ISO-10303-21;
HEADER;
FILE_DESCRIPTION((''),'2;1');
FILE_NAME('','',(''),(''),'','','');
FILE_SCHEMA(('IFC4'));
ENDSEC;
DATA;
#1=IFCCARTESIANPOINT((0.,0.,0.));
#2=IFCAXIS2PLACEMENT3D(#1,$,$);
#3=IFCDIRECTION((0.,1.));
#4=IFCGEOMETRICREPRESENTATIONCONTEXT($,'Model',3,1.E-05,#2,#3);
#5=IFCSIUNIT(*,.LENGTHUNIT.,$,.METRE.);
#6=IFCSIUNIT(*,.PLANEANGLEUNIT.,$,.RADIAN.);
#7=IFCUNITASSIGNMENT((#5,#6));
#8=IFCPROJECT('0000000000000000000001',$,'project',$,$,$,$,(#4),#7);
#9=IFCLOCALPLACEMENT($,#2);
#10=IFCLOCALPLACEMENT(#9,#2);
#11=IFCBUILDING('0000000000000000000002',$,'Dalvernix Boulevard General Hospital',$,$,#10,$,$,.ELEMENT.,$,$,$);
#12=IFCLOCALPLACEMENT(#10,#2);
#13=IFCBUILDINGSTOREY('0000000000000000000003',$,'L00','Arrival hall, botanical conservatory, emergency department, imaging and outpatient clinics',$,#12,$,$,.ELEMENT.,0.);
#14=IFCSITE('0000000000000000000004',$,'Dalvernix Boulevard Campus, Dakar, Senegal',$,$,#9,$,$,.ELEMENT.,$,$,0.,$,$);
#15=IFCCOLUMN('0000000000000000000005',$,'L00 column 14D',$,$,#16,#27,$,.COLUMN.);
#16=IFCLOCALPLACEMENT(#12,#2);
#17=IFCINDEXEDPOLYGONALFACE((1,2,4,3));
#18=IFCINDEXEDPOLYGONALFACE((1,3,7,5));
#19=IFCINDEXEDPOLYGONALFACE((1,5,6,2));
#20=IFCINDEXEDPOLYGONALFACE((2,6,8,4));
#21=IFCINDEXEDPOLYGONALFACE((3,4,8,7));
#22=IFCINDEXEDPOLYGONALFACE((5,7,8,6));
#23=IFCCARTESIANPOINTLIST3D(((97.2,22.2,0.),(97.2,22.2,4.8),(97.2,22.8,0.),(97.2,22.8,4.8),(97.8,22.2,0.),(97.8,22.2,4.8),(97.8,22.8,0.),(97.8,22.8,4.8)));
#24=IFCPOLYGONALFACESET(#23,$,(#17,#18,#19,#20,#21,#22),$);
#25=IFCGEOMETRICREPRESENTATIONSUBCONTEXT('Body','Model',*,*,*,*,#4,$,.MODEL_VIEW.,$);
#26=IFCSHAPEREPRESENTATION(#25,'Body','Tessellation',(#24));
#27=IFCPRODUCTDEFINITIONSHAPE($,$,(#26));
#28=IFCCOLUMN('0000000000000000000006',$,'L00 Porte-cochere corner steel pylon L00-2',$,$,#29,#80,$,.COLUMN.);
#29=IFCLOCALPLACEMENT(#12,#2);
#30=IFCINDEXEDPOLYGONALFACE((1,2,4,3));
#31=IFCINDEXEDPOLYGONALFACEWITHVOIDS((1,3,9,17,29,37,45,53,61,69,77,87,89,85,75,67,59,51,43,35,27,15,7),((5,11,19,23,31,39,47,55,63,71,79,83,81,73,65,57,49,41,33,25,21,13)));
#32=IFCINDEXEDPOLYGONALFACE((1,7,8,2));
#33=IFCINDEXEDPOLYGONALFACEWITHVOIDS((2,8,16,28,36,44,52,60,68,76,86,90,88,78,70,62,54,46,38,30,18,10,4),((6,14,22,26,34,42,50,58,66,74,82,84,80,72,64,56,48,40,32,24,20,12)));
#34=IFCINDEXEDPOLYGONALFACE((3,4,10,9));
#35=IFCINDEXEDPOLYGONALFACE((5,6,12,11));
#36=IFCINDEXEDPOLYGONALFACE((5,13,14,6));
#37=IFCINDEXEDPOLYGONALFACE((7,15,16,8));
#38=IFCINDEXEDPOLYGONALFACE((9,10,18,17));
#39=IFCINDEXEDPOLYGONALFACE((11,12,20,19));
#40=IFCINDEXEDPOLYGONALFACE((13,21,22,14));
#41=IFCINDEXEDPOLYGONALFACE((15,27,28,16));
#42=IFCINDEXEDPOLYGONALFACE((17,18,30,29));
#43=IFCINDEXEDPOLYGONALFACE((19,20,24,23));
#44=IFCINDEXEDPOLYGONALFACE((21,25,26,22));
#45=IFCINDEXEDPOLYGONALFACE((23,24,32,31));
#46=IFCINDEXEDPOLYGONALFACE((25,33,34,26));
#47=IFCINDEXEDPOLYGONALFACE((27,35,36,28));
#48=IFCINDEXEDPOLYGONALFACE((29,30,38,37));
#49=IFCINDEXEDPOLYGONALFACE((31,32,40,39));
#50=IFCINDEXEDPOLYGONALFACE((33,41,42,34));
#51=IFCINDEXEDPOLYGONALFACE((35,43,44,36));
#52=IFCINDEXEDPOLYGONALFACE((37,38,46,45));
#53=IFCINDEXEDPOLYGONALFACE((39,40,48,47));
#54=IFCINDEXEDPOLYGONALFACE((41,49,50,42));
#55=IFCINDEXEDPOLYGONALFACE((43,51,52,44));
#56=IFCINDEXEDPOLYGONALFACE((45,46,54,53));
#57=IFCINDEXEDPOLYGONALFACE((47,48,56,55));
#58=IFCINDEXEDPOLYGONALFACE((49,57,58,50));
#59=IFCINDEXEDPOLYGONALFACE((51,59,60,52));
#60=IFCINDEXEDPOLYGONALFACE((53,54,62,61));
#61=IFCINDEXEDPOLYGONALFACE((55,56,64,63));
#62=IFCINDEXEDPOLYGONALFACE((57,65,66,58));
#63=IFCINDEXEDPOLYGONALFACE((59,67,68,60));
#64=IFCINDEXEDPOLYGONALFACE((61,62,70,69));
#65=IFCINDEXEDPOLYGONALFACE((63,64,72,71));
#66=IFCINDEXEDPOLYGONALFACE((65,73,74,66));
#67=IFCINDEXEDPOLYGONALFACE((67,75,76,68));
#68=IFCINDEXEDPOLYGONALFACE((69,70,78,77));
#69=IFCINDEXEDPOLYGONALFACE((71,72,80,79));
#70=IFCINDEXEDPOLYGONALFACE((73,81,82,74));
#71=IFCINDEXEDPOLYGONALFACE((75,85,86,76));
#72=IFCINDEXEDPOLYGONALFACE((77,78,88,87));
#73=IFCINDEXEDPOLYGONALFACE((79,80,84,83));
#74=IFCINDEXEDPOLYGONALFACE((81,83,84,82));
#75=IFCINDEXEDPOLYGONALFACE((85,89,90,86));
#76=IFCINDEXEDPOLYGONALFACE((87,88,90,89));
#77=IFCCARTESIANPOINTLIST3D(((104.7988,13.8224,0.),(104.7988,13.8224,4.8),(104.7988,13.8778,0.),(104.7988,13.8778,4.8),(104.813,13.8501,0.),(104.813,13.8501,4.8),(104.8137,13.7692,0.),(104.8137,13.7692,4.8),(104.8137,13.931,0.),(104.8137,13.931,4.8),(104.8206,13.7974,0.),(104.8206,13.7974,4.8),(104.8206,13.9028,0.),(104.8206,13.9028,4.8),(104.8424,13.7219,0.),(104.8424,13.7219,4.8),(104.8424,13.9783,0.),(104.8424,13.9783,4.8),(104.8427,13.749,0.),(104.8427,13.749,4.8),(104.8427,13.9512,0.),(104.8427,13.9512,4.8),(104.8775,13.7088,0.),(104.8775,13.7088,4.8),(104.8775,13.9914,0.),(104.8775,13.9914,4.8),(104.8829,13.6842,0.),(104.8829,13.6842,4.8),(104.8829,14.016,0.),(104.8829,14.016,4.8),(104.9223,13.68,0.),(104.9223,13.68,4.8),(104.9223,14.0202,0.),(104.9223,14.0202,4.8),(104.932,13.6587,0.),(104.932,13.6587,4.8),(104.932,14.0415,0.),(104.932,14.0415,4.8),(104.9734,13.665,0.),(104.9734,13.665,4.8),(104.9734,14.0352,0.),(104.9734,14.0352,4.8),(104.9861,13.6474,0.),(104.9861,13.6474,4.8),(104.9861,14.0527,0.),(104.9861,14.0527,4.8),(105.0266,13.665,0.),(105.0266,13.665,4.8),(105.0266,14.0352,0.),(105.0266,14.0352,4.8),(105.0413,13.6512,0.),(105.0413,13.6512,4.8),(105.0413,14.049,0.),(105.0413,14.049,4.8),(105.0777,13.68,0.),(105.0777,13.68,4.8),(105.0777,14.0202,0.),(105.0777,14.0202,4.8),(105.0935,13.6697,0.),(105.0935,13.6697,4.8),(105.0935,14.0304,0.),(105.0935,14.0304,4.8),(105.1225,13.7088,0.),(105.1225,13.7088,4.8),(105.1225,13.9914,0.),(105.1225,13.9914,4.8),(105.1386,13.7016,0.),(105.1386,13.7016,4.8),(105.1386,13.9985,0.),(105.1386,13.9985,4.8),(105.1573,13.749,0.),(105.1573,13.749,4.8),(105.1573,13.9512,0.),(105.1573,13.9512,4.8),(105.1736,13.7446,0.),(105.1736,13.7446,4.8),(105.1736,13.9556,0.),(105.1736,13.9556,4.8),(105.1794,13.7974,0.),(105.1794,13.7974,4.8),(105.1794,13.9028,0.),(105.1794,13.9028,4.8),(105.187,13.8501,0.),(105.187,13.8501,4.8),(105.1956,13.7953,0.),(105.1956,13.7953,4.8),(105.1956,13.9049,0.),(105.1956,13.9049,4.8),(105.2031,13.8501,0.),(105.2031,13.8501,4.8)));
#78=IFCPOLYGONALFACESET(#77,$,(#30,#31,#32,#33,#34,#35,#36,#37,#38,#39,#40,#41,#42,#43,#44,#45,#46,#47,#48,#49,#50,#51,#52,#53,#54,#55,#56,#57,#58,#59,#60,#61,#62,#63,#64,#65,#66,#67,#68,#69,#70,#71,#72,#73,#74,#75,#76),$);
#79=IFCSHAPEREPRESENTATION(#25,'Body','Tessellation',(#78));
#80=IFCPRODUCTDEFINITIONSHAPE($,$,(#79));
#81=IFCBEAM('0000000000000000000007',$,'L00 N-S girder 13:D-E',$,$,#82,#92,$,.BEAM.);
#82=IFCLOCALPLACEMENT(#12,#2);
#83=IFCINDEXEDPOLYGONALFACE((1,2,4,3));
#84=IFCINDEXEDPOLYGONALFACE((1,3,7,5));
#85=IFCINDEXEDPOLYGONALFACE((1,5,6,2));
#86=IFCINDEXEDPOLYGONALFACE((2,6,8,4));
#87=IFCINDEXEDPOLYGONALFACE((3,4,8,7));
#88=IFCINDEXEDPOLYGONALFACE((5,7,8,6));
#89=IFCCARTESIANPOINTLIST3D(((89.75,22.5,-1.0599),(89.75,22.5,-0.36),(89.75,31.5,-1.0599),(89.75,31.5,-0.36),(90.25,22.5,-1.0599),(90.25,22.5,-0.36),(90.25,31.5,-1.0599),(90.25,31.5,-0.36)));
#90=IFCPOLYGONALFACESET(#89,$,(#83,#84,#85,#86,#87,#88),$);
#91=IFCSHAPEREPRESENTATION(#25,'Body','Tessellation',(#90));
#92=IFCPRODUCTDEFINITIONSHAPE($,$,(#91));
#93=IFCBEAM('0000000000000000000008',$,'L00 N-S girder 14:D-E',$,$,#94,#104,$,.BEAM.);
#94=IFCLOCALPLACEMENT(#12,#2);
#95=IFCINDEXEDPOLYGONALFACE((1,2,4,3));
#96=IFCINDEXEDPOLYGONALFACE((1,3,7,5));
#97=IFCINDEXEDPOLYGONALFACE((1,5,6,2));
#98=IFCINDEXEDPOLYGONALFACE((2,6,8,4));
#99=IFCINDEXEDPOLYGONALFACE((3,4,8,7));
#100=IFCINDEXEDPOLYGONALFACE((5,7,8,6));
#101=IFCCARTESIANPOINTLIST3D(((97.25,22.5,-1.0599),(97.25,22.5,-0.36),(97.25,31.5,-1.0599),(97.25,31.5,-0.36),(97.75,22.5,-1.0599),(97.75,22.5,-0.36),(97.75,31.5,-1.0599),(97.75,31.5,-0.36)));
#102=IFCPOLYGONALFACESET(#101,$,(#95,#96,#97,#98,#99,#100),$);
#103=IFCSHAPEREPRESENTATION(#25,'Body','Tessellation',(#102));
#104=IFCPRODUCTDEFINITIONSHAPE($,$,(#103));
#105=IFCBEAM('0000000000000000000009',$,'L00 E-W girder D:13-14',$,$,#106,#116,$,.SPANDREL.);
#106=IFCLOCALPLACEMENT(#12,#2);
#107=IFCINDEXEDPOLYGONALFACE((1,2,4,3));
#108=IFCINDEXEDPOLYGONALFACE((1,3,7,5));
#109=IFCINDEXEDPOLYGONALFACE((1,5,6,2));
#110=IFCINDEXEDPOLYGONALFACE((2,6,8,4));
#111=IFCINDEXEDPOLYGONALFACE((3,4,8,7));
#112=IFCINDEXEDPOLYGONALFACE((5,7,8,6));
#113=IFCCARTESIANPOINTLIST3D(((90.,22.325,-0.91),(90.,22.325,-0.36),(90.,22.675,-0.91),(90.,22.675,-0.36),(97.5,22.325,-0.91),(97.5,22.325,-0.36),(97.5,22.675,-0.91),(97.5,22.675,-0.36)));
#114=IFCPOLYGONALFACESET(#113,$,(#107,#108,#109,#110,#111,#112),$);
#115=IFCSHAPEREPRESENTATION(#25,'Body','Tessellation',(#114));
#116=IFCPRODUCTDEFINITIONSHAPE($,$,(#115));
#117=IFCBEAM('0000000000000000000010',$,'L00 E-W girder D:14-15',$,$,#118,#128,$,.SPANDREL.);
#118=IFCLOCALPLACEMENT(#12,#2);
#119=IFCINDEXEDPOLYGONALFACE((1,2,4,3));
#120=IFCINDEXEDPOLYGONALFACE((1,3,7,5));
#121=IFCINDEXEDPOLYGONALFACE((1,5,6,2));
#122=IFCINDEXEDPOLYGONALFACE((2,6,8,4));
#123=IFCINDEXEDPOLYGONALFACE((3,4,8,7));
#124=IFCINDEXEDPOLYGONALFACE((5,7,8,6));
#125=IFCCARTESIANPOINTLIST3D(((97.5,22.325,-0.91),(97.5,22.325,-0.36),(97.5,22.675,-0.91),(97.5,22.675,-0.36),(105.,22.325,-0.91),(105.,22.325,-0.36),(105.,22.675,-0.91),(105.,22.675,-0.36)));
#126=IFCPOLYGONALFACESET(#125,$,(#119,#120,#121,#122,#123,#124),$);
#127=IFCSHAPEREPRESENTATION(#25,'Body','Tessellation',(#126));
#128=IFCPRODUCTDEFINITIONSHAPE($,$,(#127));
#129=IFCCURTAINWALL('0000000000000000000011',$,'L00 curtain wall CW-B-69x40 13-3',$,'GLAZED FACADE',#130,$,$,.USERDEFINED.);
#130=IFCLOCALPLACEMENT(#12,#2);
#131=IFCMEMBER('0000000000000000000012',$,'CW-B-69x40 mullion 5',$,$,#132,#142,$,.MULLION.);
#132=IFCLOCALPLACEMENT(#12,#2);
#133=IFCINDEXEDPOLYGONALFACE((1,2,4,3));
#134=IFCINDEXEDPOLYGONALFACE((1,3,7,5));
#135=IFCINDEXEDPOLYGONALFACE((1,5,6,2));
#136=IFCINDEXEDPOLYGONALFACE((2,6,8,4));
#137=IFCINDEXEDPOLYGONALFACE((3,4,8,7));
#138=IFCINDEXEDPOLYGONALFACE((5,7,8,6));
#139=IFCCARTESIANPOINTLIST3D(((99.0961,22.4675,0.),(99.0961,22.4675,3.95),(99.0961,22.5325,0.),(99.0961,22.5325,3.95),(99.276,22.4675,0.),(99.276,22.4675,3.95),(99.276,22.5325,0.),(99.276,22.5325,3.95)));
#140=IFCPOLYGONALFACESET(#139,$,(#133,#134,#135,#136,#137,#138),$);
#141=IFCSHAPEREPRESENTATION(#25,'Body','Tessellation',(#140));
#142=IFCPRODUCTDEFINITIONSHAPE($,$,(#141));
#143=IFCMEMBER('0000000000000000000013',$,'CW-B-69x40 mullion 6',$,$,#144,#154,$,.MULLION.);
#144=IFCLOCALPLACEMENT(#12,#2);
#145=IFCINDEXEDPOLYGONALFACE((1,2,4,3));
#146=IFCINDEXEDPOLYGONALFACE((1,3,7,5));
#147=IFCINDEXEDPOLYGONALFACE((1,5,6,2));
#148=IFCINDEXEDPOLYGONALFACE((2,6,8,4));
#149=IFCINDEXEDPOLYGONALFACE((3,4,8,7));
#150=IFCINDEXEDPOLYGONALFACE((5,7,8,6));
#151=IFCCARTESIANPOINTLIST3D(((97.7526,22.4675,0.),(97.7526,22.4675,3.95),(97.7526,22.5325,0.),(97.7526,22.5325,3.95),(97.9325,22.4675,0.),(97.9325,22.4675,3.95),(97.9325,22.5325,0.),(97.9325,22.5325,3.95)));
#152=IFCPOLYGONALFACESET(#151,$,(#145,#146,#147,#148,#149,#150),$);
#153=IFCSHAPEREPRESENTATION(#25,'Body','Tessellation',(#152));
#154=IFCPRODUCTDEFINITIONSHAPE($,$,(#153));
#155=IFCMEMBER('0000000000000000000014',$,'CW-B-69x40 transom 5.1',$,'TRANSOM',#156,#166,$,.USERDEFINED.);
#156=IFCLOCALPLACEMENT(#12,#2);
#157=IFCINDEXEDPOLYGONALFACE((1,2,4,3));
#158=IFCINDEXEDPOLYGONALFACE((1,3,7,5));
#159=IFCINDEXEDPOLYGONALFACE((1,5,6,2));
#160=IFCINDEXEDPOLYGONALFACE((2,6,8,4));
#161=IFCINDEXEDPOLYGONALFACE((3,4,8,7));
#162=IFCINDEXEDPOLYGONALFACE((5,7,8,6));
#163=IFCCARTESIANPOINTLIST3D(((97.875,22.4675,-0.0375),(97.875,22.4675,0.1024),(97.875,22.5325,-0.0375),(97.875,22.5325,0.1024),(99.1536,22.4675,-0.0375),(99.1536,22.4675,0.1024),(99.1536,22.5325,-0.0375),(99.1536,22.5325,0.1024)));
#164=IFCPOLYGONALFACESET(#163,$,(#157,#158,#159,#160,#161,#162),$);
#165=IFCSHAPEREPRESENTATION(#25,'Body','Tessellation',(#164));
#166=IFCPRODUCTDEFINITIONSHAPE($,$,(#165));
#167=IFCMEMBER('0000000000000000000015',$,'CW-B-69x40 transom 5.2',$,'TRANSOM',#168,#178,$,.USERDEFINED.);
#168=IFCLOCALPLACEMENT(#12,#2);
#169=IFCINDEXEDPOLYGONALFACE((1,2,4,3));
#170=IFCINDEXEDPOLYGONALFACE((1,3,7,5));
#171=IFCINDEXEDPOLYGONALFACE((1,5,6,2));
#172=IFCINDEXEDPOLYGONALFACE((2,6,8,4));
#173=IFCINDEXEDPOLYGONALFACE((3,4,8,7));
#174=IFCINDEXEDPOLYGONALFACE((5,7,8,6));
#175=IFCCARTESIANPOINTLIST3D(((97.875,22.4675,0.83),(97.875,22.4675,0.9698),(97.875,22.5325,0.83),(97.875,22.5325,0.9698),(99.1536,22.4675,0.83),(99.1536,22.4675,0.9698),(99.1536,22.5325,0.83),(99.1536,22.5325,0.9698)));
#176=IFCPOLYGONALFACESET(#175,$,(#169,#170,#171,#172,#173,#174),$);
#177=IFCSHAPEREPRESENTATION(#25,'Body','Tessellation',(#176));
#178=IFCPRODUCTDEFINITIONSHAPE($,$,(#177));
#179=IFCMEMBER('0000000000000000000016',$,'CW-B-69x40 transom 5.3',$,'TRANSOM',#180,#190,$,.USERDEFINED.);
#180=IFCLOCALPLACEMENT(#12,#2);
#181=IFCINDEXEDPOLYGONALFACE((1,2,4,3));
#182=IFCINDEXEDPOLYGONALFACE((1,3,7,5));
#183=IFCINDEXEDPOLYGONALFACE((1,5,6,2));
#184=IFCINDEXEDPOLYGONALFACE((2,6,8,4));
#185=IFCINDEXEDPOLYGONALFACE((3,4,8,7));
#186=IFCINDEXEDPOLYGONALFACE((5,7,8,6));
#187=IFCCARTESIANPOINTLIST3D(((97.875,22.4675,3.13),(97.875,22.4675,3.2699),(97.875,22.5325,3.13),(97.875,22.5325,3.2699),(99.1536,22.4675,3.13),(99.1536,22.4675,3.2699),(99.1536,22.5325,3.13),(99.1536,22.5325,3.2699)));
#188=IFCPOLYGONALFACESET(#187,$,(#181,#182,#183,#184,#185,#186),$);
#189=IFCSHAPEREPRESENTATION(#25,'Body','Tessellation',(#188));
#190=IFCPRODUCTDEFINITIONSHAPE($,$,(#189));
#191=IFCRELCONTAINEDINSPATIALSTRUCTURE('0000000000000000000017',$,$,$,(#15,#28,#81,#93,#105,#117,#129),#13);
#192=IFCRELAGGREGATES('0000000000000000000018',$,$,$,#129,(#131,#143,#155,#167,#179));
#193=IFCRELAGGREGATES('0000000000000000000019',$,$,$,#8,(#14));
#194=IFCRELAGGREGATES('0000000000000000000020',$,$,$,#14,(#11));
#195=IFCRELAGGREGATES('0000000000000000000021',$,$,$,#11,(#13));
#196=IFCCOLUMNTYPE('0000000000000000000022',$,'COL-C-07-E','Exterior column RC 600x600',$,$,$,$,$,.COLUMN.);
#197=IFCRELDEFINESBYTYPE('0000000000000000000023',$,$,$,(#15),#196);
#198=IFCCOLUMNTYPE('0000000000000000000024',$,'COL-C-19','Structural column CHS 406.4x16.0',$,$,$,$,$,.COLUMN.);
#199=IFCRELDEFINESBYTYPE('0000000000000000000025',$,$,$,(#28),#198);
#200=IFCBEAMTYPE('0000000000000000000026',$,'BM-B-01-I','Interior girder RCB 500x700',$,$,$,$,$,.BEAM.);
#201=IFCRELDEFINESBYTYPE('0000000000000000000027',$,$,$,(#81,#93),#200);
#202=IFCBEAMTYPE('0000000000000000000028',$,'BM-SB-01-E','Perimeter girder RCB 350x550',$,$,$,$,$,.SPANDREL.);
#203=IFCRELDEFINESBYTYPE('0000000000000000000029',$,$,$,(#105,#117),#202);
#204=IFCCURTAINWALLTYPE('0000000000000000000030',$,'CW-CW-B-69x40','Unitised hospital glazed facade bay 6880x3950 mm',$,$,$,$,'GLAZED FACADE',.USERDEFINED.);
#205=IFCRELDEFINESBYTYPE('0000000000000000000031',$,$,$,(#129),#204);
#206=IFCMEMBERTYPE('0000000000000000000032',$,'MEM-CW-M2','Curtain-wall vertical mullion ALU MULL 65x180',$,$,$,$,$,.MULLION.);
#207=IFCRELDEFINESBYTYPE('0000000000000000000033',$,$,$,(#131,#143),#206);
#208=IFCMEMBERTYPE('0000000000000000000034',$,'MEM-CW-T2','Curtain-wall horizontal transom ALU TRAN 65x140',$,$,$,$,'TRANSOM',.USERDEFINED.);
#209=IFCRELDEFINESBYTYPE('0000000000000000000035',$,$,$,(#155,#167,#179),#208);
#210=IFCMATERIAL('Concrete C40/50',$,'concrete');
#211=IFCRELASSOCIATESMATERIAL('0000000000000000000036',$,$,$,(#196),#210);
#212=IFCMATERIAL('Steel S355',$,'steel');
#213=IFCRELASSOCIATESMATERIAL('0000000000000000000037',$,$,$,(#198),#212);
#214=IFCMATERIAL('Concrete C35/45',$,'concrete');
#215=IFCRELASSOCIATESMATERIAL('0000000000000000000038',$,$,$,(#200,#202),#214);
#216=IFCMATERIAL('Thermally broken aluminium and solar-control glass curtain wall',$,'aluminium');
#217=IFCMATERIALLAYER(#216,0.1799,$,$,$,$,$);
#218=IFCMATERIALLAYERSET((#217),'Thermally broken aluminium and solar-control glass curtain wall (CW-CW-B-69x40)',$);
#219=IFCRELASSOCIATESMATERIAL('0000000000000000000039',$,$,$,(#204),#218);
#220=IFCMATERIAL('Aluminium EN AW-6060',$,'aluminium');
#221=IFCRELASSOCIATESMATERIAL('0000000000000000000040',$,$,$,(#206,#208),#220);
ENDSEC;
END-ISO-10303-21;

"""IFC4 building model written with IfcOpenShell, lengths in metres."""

from ifc_helpers import new_model, si_unit, direction, frame, origin, origin_2d, place, context, subcontext, project, spatial, rectangle, hollow_circle, extrude, material, layer, layer_set, material_profile, profile_set, type_object, element, aggregate, save


model = new_model("IFC4")

# Units and contexts
model_context = context("Model", 3, precision=1e-05, world=origin(), true_north=direction((0.0, 1.0)))
body_context = subcontext(model_context, "Body", "Model", "MODEL_VIEW")
ifc_project = project(units=[si_unit("LENGTHUNIT", "METRE"), si_unit("PLANEANGLEUNIT", "RADIAN")], contexts=[model_context])

# Site, building, storey
site_placement = place(None, origin())
site = spatial("IfcSite", under=ifc_project, at=site_placement, Name="Dalvernix Boulevard Campus, Dakar, Senegal", CompositionType="ELEMENT", RefElevation=0.0)
building_placement = place(site_placement, origin())
building = spatial("IfcBuilding", under=site, at=building_placement, Name="Dalvernix Boulevard General Hospital", CompositionType="ELEMENT")
storey_placement = place(building_placement, origin())
storey = spatial("IfcBuildingStorey", under=building, at=storey_placement, Name="L00", Description="Arrival hall, botanical conservatory, emergency department, imaging and outpatient clinics", CompositionType="ELEMENT", Elevation=0.0)

# Columns
ifc_material_1 = material(Name="Concrete C40/50", Category="concrete")
ifc_material_profile_1 = material_profile(ifc_material_1, rectangle(XDim=0.6001, YDim=0.6001, at=origin_2d()), Name="RC 600x600")
ifc_profile_set_1 = profile_set([ifc_material_profile_1], Name="Concrete C40/50")
column_type_1 = type_object("IfcColumnType", Name="COL-C-07-E", Description="Exterior column RC 600x600", PredefinedType="COLUMN", material=ifc_profile_set_1)
column_1_placement = place(storey_placement, frame((97.5, 22.5, 0.0), z_axis=(0.0, 0.0, 1.0), x_axis=(1.0, 0.0, 0.0)))
element("IfcColumn", 1, at=column_1_placement, inside=storey, type_object=column_type_1, Name="L00 column 14D", PredefinedType="COLUMN", context=body_context, shape_type="SweptSolid", body=[
    extrude(rectangle(XDim=0.6001, YDim=0.6001, at=origin_2d()), origin(), (0.0, 0.0, 1.0), 4.8),
])
ifc_material_2 = material(Name="Steel S355", Category="steel")
ifc_material_profile_2 = material_profile(ifc_material_2, hollow_circle(Radius=0.2031, WallThickness=0.0161, at=origin_2d()), Name="CHS 406.4x16.0")
ifc_profile_set_2 = profile_set([ifc_material_profile_2], Name="Steel S355")
column_type_2 = type_object("IfcColumnType", Name="COL-C-19", Description="Structural column CHS 406.4x16.0", PredefinedType="COLUMN", material=ifc_profile_set_2)
column_2_placement = place(storey_placement, frame((105.0, 13.8501, 0.0), z_axis=(0.0, 0.0, 1.0), x_axis=(1.0, 0.0, 0.0)))
element("IfcColumn", 2, at=column_2_placement, inside=storey, type_object=column_type_2, Name="L00 Porte-cochere corner steel pylon L00-2", PredefinedType="COLUMN", context=body_context, shape_type="SweptSolid", body=[
    extrude(hollow_circle(Radius=0.2031, WallThickness=0.0161, at=origin_2d()), origin(), (0.0, 0.0, 1.0), 4.8),
])

# Beams
ifc_material_3 = material(Name="Concrete C35/45", Category="concrete")
ifc_material_profile_3 = material_profile(ifc_material_3, rectangle(XDim=0.5, YDim=0.7, at=origin_2d()), Name="RCB 500x700")
ifc_profile_set_3 = profile_set([ifc_material_profile_3], Name="Concrete C35/45")
beam_type_1 = type_object("IfcBeamType", Name="BM-B-01-I", Description="Interior girder RCB 500x700", PredefinedType="BEAM", material=ifc_profile_set_3)
for number, where, z_axis, x_axis, name in (
    (3, (90.0, 22.5, -0.71), (0.0, 1.0, 0.0), (-1.0, 0.0, 0.0), "L00 N-S girder 13:D-E"),
    (4, (97.5, 22.5, -0.71), (0.0, 1.0, 0.0), (-1.0, 0.0, 0.0), "L00 N-S girder 14:D-E"),
):
    element("IfcBeam", number, at=place(storey_placement, frame(where, z_axis=z_axis, x_axis=x_axis)), inside=storey, type_object=beam_type_1, Name=name, PredefinedType="BEAM", context=body_context, shape_type="SweptSolid", body=[
        extrude(rectangle(XDim=0.5, YDim=0.7, at=origin_2d()), origin(), (0.0, 0.0, 1.0), 9.0),
    ])
ifc_material_profile_4 = material_profile(ifc_material_3, rectangle(XDim=0.3501, YDim=0.55, at=origin_2d()), Name="RCB 350x550")
ifc_profile_set_4 = profile_set([ifc_material_profile_4], Name="Concrete C35/45")
beam_type_2 = type_object("IfcBeamType", Name="BM-SB-01-E", Description="Perimeter girder RCB 350x550", PredefinedType="SPANDREL", material=ifc_profile_set_4)
for number, where, z_axis, x_axis, name in (
    (5, (90.0, 22.5, -0.635), (1.0, 0.0, 0.0), (0.0, 1.0, 0.0), "L00 E-W girder D:13-14"),
    (6, (97.5, 22.5, -0.635), (1.0, 0.0, 0.0), (0.0, 1.0, 0.0), "L00 E-W girder D:14-15"),
):
    element("IfcBeam", number, at=place(storey_placement, frame(where, z_axis=z_axis, x_axis=x_axis)), inside=storey, type_object=beam_type_2, Name=name, PredefinedType="SPANDREL", context=body_context, shape_type="SweptSolid", body=[
        extrude(rectangle(XDim=0.3501, YDim=0.55, at=origin_2d()), origin(), (0.0, 0.0, 1.0), 7.5),
    ])

# Curtain wall, members
ifc_material_4 = material(Name="Thermally broken aluminium and solar-control glass curtain wall", Category="aluminium")
ifc_layer_1 = layer(ifc_material_4, 0.1799)
ifc_layer_set_1 = layer_set([ifc_layer_1], Name="Thermally broken aluminium and solar-control glass curtain wall (CW-CW-B-69x40)")
curtain_wall_type = type_object("IfcCurtainWallType", Name="CW-CW-B-69x40", Description="Unitised hospital glazed facade bay 6880x3950 mm", ElementType="GLAZED FACADE", PredefinedType="USERDEFINED", material=ifc_layer_set_1)
curtain_wall_placement = place(storey_placement, origin())
curtain_wall = element("IfcCurtainWall", 7, at=curtain_wall_placement, inside=storey, type_object=curtain_wall_type, Name="L00 curtain wall CW-B-69x40 13-3", ObjectType="GLAZED FACADE", PredefinedType="USERDEFINED")
ifc_material_5 = material(Name="Aluminium EN AW-6060", Category="aluminium")
ifc_material_profile_5 = material_profile(ifc_material_5, rectangle(XDim=0.0649, YDim=0.1799, at=origin_2d()), Name="ALU MULL 65x180")
ifc_profile_set_5 = profile_set([ifc_material_profile_5], Name="Aluminium EN AW-6060")
member_type_1 = type_object("IfcMemberType", Name="MEM-CW-M2", Description="Curtain-wall vertical mullion ALU MULL 65x180", PredefinedType="MULLION", material=ifc_profile_set_5)
member_1_placement = place(storey_placement, frame((99.186, 22.5, 0.0), z_axis=(0.0, 0.0, 1.0), x_axis=(0.0, -1.0, 0.0)))
member_1 = element("IfcMember", 8, at=member_1_placement, type_object=member_type_1, Name="CW-B-69x40 mullion 5", PredefinedType="MULLION", context=body_context, shape_type="SweptSolid", body=[
    extrude(rectangle(XDim=0.0649, YDim=0.1799, at=origin_2d()), origin(), (0.0, 0.0, 1.0), 3.95),
])
member_2_placement = place(storey_placement, frame((97.8425, 22.5, 0.0), z_axis=(0.0, 0.0, 1.0), x_axis=(0.0, -1.0, 0.0)))
member_2 = element("IfcMember", 9, at=member_2_placement, type_object=member_type_1, Name="CW-B-69x40 mullion 6", PredefinedType="MULLION", context=body_context, shape_type="SweptSolid", body=[
    extrude(rectangle(XDim=0.0649, YDim=0.1799, at=origin_2d()), origin(), (0.0, 0.0, 1.0), 3.95),
])
ifc_material_profile_6 = material_profile(ifc_material_5, rectangle(XDim=0.0649, YDim=0.1399, at=origin_2d()), Name="ALU TRAN 65x140")
ifc_profile_set_6 = profile_set([ifc_material_profile_6], Name="Aluminium EN AW-6060")
member_type_2 = type_object("IfcMemberType", Name="MEM-CW-T2", Description="Curtain-wall horizontal transom ALU TRAN 65x140", ElementType="TRANSOM", PredefinedType="USERDEFINED", material=ifc_profile_set_6)
member_3_placement = place(storey_placement, frame((99.1536, 22.5, 0.0325), z_axis=(-1.0, 0.0, 0.0), x_axis=(0.0, -1.0, 0.0)))
member_3 = element("IfcMember", 10, at=member_3_placement, type_object=member_type_2, Name="CW-B-69x40 transom 5.1", ObjectType="TRANSOM", PredefinedType="USERDEFINED", context=body_context, shape_type="SweptSolid", body=[
    extrude(rectangle(XDim=0.0649, YDim=0.1399, at=origin_2d()), origin(), (0.0, 0.0, 1.0), 1.2786),
])
member_4_placement = place(storey_placement, frame((99.1536, 22.5, 0.8999), z_axis=(-1.0, 0.0, 0.0), x_axis=(0.0, -1.0, 0.0)))
member_4 = element("IfcMember", 11, at=member_4_placement, type_object=member_type_2, Name="CW-B-69x40 transom 5.2", ObjectType="TRANSOM", PredefinedType="USERDEFINED", context=body_context, shape_type="SweptSolid", body=[
    extrude(rectangle(XDim=0.0649, YDim=0.1399, at=origin_2d()), origin(), (0.0, 0.0, 1.0), 1.2786),
])
member_5_placement = place(storey_placement, frame((99.1536, 22.5, 3.2), z_axis=(-1.0, 0.0, 0.0), x_axis=(0.0, -1.0, 0.0)))
member_5 = element("IfcMember", 12, at=member_5_placement, type_object=member_type_2, Name="CW-B-69x40 transom 5.3", ObjectType="TRANSOM", PredefinedType="USERDEFINED", context=body_context, shape_type="SweptSolid", body=[
    extrude(rectangle(XDim=0.0649, YDim=0.1399, at=origin_2d()), origin(), (0.0, 0.0, 1.0), 1.2786),
])
aggregate(curtain_wall, [member_1, member_2, member_3, member_4, member_5])

save(model, "model.ifc")
